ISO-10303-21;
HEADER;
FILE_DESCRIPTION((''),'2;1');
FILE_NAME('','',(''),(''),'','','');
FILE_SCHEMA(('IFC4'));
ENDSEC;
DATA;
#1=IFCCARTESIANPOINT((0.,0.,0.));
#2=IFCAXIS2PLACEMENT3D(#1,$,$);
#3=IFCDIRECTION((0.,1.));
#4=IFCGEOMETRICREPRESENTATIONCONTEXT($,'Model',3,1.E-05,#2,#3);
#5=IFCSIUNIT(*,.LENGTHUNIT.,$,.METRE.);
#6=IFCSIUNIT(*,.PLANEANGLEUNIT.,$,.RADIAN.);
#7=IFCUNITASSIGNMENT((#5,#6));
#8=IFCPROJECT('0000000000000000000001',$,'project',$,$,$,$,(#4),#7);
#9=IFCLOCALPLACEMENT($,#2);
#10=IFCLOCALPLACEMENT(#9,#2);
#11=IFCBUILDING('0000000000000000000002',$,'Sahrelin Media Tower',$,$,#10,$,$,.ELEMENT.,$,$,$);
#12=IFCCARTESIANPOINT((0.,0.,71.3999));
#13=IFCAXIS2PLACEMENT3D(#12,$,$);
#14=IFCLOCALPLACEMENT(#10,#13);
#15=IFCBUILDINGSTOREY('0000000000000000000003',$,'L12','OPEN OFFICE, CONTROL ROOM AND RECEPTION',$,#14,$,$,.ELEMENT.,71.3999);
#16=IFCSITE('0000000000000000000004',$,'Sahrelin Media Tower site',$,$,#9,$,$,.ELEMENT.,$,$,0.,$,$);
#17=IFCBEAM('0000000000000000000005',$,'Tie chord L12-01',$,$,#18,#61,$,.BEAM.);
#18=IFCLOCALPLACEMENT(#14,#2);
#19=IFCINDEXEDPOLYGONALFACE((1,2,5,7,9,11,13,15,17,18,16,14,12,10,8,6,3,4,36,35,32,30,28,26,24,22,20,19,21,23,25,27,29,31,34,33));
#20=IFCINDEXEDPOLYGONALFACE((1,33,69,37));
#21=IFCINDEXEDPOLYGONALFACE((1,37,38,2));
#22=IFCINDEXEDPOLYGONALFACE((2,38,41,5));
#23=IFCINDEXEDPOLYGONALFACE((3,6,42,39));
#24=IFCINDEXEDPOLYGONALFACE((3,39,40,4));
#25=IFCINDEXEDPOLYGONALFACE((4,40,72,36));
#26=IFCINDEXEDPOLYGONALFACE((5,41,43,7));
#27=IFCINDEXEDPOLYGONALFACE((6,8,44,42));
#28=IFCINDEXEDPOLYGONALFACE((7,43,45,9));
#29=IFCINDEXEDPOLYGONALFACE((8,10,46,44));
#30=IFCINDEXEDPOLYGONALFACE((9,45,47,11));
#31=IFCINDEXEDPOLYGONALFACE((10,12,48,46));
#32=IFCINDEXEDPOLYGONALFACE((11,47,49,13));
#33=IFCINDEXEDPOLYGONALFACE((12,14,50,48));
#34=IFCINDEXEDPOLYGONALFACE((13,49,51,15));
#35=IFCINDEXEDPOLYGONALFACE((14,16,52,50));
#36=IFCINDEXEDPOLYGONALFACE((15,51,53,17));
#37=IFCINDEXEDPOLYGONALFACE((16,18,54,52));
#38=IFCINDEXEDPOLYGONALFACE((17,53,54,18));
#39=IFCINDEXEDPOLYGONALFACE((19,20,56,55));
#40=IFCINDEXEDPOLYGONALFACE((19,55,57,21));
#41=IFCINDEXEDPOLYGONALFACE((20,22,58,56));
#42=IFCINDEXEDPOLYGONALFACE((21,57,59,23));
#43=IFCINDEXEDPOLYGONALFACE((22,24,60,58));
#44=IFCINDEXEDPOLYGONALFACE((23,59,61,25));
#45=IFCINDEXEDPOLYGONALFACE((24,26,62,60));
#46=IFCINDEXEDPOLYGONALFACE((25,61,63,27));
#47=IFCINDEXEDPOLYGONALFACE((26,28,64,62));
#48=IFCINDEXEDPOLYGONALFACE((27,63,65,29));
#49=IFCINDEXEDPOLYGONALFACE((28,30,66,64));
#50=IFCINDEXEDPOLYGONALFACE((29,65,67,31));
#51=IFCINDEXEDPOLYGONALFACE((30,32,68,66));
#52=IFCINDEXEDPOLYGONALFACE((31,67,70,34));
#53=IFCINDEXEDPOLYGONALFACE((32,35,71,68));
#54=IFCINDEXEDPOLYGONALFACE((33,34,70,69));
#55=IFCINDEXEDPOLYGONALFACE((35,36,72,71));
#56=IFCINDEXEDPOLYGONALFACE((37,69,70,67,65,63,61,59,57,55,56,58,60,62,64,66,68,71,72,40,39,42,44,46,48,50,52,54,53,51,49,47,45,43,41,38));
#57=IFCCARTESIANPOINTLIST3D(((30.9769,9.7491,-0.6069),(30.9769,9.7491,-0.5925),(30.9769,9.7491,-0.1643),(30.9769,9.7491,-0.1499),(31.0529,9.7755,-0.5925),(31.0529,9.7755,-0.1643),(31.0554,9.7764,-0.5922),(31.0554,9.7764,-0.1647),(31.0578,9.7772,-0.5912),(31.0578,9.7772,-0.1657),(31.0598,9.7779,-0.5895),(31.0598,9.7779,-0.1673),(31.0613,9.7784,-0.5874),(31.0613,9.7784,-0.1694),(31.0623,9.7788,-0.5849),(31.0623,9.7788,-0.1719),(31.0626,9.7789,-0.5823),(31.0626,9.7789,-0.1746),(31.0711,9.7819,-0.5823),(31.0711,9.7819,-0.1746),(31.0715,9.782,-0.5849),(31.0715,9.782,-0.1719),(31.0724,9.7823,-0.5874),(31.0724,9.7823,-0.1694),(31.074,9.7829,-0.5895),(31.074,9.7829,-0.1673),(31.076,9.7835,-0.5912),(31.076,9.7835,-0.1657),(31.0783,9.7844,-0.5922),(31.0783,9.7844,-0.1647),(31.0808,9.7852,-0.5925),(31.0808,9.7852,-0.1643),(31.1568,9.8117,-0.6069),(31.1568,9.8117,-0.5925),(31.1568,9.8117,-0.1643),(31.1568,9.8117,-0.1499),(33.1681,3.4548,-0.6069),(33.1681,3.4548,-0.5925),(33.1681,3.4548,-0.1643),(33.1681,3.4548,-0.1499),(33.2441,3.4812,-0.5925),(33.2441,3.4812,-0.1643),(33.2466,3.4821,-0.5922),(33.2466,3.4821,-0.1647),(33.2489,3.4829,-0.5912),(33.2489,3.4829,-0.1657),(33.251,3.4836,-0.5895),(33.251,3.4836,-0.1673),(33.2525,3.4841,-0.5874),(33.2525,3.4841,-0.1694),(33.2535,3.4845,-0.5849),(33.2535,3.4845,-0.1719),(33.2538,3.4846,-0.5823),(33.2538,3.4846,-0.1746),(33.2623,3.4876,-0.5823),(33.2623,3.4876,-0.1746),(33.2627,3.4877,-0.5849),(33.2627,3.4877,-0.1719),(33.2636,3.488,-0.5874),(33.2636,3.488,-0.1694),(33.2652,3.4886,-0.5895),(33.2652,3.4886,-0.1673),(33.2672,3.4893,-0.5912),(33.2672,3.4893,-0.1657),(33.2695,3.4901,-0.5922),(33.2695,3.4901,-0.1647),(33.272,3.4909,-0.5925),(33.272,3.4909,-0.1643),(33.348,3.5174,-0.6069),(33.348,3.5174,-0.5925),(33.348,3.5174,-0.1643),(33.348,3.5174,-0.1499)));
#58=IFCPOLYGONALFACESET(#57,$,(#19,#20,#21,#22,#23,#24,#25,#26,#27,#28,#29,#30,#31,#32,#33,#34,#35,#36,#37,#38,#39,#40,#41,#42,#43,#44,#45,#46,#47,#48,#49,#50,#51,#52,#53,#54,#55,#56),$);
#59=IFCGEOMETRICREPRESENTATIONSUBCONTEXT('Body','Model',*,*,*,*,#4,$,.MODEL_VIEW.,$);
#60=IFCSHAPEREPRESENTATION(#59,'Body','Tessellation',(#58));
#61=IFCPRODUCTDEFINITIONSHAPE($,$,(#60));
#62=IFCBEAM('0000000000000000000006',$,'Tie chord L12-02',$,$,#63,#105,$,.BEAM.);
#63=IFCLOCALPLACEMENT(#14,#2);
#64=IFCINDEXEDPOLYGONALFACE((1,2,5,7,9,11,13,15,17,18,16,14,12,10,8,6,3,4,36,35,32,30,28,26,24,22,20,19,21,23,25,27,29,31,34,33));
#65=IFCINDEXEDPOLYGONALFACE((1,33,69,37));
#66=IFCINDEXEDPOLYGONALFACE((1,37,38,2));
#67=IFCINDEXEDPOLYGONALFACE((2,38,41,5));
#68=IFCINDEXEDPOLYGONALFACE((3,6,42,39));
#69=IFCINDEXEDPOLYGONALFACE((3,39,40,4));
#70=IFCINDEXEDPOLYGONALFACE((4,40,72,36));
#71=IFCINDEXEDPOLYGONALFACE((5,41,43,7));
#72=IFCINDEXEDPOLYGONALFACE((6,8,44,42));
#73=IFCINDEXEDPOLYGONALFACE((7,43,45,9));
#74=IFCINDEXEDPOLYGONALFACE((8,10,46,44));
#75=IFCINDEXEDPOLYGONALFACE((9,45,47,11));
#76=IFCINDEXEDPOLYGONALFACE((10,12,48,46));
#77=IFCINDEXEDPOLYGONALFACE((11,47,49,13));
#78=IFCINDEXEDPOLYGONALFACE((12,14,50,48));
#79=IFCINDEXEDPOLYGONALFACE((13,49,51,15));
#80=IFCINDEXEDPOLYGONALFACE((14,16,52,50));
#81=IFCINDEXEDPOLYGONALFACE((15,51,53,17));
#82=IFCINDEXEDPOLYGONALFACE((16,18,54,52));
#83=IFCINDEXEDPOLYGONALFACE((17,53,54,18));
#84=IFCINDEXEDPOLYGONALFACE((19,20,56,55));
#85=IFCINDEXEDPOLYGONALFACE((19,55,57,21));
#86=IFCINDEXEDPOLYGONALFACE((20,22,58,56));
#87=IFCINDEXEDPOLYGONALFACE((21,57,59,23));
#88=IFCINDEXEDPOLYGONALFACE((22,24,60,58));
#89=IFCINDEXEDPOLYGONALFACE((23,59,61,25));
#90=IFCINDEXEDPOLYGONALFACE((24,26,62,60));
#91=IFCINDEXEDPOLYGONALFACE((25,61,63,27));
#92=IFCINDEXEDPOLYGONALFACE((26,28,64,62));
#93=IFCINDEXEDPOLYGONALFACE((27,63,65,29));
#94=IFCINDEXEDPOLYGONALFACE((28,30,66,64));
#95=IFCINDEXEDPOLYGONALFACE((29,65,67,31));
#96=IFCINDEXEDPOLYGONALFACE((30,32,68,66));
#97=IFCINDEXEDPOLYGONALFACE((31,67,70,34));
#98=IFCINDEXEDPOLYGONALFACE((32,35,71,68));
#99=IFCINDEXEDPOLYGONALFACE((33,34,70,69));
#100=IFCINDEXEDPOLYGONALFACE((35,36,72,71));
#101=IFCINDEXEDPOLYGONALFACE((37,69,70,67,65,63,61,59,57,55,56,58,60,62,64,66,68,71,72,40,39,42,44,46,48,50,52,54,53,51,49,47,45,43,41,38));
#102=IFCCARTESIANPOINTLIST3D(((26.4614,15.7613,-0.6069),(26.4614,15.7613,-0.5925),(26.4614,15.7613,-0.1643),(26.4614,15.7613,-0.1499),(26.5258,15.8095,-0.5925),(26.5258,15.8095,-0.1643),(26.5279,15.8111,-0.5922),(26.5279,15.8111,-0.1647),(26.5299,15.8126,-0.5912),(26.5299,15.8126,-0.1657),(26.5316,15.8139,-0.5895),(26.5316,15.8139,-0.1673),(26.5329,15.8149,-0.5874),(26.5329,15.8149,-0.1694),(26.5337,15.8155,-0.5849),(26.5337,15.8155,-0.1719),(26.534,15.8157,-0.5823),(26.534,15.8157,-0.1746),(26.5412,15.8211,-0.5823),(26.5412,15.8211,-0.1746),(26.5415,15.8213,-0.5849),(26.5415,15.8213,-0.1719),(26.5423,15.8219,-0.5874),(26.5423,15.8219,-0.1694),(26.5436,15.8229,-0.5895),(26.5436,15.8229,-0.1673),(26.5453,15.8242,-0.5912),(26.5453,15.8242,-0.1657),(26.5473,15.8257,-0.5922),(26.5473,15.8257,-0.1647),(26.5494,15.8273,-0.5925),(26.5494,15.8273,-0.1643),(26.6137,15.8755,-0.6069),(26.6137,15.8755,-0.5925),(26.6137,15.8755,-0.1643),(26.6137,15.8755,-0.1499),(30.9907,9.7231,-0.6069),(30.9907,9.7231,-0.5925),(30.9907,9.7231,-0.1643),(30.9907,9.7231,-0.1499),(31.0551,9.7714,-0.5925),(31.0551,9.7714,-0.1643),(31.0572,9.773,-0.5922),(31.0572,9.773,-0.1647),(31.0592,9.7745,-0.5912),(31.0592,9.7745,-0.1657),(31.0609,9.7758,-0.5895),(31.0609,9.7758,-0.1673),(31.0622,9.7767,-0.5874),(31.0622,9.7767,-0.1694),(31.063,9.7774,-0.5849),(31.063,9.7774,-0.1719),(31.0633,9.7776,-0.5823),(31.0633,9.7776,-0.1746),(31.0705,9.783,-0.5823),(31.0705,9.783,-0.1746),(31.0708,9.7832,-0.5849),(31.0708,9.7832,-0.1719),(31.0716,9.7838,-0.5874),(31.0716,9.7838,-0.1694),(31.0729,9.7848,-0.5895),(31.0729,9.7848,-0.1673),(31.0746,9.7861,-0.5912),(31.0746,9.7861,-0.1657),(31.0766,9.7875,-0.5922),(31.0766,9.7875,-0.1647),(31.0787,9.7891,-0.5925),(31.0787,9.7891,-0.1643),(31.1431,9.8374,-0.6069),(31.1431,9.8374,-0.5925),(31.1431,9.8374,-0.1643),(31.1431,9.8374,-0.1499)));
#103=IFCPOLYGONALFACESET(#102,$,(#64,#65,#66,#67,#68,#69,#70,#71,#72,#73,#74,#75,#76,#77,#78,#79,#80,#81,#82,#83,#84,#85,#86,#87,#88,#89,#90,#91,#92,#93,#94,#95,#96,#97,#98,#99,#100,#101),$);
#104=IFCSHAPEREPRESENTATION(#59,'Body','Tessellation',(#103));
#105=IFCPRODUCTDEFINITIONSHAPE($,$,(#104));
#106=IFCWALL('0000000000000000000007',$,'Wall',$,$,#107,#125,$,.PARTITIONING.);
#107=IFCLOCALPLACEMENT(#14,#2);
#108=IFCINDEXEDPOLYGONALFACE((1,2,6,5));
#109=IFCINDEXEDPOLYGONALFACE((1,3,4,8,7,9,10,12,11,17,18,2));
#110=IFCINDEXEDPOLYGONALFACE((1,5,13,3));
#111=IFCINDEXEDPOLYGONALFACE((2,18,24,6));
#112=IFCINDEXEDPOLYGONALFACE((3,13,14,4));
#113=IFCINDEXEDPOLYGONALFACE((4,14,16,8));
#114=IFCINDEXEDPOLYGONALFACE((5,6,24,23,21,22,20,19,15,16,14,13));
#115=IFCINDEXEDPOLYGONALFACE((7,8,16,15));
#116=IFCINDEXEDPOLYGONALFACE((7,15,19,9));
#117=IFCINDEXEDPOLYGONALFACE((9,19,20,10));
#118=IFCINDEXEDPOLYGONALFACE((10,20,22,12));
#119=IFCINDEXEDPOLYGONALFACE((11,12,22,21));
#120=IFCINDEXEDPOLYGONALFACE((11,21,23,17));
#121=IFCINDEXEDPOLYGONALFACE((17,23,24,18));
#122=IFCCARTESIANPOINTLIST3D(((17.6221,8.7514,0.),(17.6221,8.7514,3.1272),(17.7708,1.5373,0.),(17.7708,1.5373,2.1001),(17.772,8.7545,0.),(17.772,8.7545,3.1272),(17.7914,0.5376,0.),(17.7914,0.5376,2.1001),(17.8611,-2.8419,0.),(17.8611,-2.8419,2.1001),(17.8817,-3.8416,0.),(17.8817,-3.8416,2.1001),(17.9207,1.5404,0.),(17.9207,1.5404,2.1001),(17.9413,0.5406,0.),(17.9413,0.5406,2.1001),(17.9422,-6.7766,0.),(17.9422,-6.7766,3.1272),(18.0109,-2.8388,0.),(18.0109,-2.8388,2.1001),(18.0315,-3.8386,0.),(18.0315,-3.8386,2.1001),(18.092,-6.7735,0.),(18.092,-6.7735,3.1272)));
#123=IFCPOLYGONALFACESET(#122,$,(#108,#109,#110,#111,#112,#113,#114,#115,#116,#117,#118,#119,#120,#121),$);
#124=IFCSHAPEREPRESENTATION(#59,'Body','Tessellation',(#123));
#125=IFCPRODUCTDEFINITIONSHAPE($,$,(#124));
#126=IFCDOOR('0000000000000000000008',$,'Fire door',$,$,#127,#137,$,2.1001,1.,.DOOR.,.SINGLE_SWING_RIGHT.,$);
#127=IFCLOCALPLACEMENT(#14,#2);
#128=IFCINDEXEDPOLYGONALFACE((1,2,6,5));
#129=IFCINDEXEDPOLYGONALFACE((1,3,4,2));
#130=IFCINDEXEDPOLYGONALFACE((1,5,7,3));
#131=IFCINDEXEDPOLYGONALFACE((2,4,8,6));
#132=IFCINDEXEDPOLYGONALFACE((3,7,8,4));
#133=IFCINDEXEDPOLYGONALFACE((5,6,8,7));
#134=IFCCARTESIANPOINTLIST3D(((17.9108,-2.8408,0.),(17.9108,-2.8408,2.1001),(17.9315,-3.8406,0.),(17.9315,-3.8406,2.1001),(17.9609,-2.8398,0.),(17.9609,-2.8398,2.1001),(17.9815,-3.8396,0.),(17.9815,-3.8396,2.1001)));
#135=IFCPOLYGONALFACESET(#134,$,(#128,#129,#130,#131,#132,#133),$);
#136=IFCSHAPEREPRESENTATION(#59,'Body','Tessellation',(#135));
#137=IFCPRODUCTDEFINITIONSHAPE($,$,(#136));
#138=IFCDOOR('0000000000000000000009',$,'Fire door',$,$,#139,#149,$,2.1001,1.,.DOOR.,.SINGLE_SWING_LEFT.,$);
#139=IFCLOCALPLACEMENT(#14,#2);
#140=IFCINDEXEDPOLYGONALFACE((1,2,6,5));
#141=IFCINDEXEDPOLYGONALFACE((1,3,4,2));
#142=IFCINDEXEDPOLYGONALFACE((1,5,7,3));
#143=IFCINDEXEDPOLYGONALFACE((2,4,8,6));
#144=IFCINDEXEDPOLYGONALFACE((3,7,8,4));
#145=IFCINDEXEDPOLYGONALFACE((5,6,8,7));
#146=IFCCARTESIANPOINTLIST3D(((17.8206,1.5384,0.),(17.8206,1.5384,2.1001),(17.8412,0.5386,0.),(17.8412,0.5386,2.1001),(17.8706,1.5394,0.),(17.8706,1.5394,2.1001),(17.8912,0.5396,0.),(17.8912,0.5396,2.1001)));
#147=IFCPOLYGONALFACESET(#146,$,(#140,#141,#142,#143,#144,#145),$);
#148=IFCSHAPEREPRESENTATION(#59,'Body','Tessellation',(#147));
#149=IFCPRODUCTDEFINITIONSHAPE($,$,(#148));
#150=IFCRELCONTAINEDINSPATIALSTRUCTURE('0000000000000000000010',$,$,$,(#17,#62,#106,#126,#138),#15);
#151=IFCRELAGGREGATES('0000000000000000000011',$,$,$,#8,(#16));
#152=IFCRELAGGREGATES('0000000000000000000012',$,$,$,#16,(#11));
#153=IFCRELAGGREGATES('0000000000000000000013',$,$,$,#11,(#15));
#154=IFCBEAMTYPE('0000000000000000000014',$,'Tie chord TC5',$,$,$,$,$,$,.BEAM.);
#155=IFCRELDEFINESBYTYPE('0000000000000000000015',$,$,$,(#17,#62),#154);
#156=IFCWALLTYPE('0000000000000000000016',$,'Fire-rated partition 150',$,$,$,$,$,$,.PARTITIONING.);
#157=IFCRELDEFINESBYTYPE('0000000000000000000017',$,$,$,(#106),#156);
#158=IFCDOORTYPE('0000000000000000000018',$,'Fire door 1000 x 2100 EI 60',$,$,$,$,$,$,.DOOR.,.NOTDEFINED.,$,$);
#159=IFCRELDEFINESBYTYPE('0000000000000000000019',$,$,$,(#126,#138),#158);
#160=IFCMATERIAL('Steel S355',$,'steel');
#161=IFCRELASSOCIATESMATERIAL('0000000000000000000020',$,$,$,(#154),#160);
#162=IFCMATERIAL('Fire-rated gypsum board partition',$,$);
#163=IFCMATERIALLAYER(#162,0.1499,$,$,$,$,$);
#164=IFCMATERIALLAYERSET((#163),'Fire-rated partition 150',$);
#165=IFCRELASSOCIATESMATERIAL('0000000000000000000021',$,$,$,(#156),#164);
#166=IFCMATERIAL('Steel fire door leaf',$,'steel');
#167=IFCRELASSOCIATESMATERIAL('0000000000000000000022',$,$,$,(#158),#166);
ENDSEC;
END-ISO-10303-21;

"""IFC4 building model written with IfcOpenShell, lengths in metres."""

from ifc_helpers import new_model, si_unit, direction, frame, frame_2d, origin, origin_2d, place, context, subcontext, project, spatial, rectangle, i_section, extrude, material, layer, layer_set, material_profile, profile_set, type_object, element, fill, save


model = new_model("IFC4")

# Units and contexts
model_context = context("Model", 3, precision=1e-05, world=origin(), true_north=direction((0.0, 1.0)))
body_context = subcontext(model_context, "Body", "Model", "MODEL_VIEW")
ifc_project = project(units=[si_unit("LENGTHUNIT", "METRE"), si_unit("PLANEANGLEUNIT", "RADIAN")], contexts=[model_context])

# Site, building, storey
site_placement = place(None, origin())
site = spatial("IfcSite", under=ifc_project, at=site_placement, Name="Sahrelin Media Tower site", CompositionType="ELEMENT", RefElevation=0.0)
building_placement = place(site_placement, origin())
building = spatial("IfcBuilding", under=site, at=building_placement, Name="Sahrelin Media Tower", CompositionType="ELEMENT")
storey_placement = place(building_placement, frame((0.0, 0.0, 71.3999)))
storey = spatial("IfcBuildingStorey", under=building, at=storey_placement, Name="L12", Description="OPEN OFFICE, CONTROL ROOM AND RECEPTION", CompositionType="ELEMENT", Elevation=71.3999)

# Beams
ifc_material_1 = material(Name="Steel S355", Category="steel")
ifc_material_profile_1 = material_profile(ifc_material_1, i_section(OverallWidth=0.1904, OverallDepth=0.457, WebThickness=0.009, FlangeThickness=0.0144, FilletRadius=0.0103, at=origin_2d()), Name="UB 457x191x74")
ifc_profile_set_1 = profile_set([ifc_material_profile_1], Name="Steel S355")
beam_type_1 = type_object("IfcBeamType", Name="Tie chord TC5", PredefinedType="BEAM", material=ifc_profile_set_1)
beam_1_placement = place(storey_placement, frame((33.2581, 3.4861, -0.3784), z_axis=(-0.328772, 0.944409, 0.0), x_axis=(-0.944409, -0.328772, 0.0)))
element("IfcBeam", 1, at=beam_1_placement, inside=storey, type_object=beam_type_1, Name="Tie chord L12-01", PredefinedType="BEAM", context=body_context, shape_type="SweptSolid", body=[
    extrude(i_section(OverallWidth=0.1904, OverallDepth=0.457, WebThickness=0.009, FlangeThickness=0.0144, FilletRadius=0.0103, at=origin_2d()), origin(), (0.0, 0.0, 1.0), 6.6648),
])
beam_2_placement = place(storey_placement, frame((31.0669, 9.7803, -0.3784), z_axis=(-0.600062, 0.799953, 0.0), x_axis=(-0.799953, -0.600062, 0.0)))
element("IfcBeam", 2, at=beam_2_placement, inside=storey, type_object=beam_type_1, Name="Tie chord L12-02", PredefinedType="BEAM", context=body_context, shape_type="SweptSolid", body=[
    extrude(i_section(OverallWidth=0.1904, OverallDepth=0.457, WebThickness=0.009, FlangeThickness=0.0144, FilletRadius=0.0103, at=origin_2d()), origin(), (0.0, 0.0, 1.0), 7.5481),
])

# Wall, openings, doors
ifc_material_2 = material(Name="Fire-rated gypsum board partition")
ifc_layer_1 = layer(ifc_material_2, 0.1499)
ifc_layer_set_1 = layer_set([ifc_layer_1], Name="Fire-rated partition 150")
wall_type_1 = type_object("IfcWallType", Name="Fire-rated partition 150", PredefinedType="PARTITIONING", material=ifc_layer_set_1)
wall_1_placement = place(storey_placement, frame((17.697, 8.7529, 0.0), z_axis=(0.0, 0.0, 1.0), x_axis=(0.020608, -0.999788, 0.0)))
wall_1 = element("IfcWall", 3, at=wall_1_placement, inside=storey, type_object=wall_type_1, Name="Wall", PredefinedType="PARTITIONING", context=body_context, shape_type="SweptSolid", body=[
    extrude(rectangle(XDim=15.5312, YDim=0.1499, at=frame_2d((7.7656, 0.0))), origin(), (0.0, 0.0, 1.0), 3.1272),
])
opening_1_placement = place(wall_1_placement, frame((11.5957, 0.0, 0.0)))
opening_1 = element("IfcOpeningElement", 4, at=opening_1_placement, cuts=wall_1, PredefinedType="OPENING", context=body_context, shape_type="SweptSolid", body=[
    extrude(rectangle(XDim=1.0, YDim=2.1001, at=frame_2d((0.5, 1.05))), frame((0.0, 0.075, 0.0), z_axis=(0.0, -1.0, 0.0), x_axis=(1.0, 0.0, 0.0)), (0.0, 0.0, 1.0), 0.1499),
])
opening_2_placement = place(wall_1_placement, frame((7.2156, 0.0, 0.0)))
opening_2 = element("IfcOpeningElement", 5, at=opening_2_placement, cuts=wall_1, PredefinedType="OPENING", context=body_context, shape_type="SweptSolid", body=[
    extrude(rectangle(XDim=1.0, YDim=2.1001, at=frame_2d((0.5, 1.05))), frame((0.0, 0.075, 0.0), z_axis=(0.0, -1.0, 0.0), x_axis=(1.0, 0.0, 0.0)), (0.0, 0.0, 1.0), 0.1499),
])
ifc_material_3 = material(Name="Steel fire door leaf", Category="steel")
door_type_1 = type_object("IfcDoorType", Name="Fire door 1000 x 2100 EI 60", OperationType="NOTDEFINED", PredefinedType="DOOR", material=ifc_material_3)
door_1_placement = place(opening_1_placement, origin())
door_1 = element("IfcDoor", 6, at=door_1_placement, inside=storey, type_object=door_type_1, Name="Fire door", OperationType="SINGLE_SWING_RIGHT", OverallHeight=2.1001, OverallWidth=1.0, PredefinedType="DOOR", context=body_context, shape_type="SweptSolid", body=[
    extrude(rectangle(XDim=1.0, YDim=2.1001, at=frame_2d((0.5, 1.05))), frame((0.0, 0.0249, 0.0), z_axis=(0.0, -1.0, 0.0), x_axis=(1.0, 0.0, 0.0)), (0.0, 0.0, 1.0), 0.05),
])
fill(opening_1, door_1)
door_2_placement = place(opening_2_placement, origin())
door_2 = element("IfcDoor", 7, at=door_2_placement, inside=storey, type_object=door_type_1, Name="Fire door", OperationType="SINGLE_SWING_LEFT", OverallHeight=2.1001, OverallWidth=1.0, PredefinedType="DOOR", context=body_context, shape_type="SweptSolid", body=[
    extrude(rectangle(XDim=1.0, YDim=2.1001, at=frame_2d((0.5, 1.05))), frame((0.0, 0.0249, 0.0), z_axis=(0.0, -1.0, 0.0), x_axis=(1.0, 0.0, 0.0)), (0.0, 0.0, 1.0), 0.05),
])
fill(opening_2, door_2)

save(model, "model.ifc")
